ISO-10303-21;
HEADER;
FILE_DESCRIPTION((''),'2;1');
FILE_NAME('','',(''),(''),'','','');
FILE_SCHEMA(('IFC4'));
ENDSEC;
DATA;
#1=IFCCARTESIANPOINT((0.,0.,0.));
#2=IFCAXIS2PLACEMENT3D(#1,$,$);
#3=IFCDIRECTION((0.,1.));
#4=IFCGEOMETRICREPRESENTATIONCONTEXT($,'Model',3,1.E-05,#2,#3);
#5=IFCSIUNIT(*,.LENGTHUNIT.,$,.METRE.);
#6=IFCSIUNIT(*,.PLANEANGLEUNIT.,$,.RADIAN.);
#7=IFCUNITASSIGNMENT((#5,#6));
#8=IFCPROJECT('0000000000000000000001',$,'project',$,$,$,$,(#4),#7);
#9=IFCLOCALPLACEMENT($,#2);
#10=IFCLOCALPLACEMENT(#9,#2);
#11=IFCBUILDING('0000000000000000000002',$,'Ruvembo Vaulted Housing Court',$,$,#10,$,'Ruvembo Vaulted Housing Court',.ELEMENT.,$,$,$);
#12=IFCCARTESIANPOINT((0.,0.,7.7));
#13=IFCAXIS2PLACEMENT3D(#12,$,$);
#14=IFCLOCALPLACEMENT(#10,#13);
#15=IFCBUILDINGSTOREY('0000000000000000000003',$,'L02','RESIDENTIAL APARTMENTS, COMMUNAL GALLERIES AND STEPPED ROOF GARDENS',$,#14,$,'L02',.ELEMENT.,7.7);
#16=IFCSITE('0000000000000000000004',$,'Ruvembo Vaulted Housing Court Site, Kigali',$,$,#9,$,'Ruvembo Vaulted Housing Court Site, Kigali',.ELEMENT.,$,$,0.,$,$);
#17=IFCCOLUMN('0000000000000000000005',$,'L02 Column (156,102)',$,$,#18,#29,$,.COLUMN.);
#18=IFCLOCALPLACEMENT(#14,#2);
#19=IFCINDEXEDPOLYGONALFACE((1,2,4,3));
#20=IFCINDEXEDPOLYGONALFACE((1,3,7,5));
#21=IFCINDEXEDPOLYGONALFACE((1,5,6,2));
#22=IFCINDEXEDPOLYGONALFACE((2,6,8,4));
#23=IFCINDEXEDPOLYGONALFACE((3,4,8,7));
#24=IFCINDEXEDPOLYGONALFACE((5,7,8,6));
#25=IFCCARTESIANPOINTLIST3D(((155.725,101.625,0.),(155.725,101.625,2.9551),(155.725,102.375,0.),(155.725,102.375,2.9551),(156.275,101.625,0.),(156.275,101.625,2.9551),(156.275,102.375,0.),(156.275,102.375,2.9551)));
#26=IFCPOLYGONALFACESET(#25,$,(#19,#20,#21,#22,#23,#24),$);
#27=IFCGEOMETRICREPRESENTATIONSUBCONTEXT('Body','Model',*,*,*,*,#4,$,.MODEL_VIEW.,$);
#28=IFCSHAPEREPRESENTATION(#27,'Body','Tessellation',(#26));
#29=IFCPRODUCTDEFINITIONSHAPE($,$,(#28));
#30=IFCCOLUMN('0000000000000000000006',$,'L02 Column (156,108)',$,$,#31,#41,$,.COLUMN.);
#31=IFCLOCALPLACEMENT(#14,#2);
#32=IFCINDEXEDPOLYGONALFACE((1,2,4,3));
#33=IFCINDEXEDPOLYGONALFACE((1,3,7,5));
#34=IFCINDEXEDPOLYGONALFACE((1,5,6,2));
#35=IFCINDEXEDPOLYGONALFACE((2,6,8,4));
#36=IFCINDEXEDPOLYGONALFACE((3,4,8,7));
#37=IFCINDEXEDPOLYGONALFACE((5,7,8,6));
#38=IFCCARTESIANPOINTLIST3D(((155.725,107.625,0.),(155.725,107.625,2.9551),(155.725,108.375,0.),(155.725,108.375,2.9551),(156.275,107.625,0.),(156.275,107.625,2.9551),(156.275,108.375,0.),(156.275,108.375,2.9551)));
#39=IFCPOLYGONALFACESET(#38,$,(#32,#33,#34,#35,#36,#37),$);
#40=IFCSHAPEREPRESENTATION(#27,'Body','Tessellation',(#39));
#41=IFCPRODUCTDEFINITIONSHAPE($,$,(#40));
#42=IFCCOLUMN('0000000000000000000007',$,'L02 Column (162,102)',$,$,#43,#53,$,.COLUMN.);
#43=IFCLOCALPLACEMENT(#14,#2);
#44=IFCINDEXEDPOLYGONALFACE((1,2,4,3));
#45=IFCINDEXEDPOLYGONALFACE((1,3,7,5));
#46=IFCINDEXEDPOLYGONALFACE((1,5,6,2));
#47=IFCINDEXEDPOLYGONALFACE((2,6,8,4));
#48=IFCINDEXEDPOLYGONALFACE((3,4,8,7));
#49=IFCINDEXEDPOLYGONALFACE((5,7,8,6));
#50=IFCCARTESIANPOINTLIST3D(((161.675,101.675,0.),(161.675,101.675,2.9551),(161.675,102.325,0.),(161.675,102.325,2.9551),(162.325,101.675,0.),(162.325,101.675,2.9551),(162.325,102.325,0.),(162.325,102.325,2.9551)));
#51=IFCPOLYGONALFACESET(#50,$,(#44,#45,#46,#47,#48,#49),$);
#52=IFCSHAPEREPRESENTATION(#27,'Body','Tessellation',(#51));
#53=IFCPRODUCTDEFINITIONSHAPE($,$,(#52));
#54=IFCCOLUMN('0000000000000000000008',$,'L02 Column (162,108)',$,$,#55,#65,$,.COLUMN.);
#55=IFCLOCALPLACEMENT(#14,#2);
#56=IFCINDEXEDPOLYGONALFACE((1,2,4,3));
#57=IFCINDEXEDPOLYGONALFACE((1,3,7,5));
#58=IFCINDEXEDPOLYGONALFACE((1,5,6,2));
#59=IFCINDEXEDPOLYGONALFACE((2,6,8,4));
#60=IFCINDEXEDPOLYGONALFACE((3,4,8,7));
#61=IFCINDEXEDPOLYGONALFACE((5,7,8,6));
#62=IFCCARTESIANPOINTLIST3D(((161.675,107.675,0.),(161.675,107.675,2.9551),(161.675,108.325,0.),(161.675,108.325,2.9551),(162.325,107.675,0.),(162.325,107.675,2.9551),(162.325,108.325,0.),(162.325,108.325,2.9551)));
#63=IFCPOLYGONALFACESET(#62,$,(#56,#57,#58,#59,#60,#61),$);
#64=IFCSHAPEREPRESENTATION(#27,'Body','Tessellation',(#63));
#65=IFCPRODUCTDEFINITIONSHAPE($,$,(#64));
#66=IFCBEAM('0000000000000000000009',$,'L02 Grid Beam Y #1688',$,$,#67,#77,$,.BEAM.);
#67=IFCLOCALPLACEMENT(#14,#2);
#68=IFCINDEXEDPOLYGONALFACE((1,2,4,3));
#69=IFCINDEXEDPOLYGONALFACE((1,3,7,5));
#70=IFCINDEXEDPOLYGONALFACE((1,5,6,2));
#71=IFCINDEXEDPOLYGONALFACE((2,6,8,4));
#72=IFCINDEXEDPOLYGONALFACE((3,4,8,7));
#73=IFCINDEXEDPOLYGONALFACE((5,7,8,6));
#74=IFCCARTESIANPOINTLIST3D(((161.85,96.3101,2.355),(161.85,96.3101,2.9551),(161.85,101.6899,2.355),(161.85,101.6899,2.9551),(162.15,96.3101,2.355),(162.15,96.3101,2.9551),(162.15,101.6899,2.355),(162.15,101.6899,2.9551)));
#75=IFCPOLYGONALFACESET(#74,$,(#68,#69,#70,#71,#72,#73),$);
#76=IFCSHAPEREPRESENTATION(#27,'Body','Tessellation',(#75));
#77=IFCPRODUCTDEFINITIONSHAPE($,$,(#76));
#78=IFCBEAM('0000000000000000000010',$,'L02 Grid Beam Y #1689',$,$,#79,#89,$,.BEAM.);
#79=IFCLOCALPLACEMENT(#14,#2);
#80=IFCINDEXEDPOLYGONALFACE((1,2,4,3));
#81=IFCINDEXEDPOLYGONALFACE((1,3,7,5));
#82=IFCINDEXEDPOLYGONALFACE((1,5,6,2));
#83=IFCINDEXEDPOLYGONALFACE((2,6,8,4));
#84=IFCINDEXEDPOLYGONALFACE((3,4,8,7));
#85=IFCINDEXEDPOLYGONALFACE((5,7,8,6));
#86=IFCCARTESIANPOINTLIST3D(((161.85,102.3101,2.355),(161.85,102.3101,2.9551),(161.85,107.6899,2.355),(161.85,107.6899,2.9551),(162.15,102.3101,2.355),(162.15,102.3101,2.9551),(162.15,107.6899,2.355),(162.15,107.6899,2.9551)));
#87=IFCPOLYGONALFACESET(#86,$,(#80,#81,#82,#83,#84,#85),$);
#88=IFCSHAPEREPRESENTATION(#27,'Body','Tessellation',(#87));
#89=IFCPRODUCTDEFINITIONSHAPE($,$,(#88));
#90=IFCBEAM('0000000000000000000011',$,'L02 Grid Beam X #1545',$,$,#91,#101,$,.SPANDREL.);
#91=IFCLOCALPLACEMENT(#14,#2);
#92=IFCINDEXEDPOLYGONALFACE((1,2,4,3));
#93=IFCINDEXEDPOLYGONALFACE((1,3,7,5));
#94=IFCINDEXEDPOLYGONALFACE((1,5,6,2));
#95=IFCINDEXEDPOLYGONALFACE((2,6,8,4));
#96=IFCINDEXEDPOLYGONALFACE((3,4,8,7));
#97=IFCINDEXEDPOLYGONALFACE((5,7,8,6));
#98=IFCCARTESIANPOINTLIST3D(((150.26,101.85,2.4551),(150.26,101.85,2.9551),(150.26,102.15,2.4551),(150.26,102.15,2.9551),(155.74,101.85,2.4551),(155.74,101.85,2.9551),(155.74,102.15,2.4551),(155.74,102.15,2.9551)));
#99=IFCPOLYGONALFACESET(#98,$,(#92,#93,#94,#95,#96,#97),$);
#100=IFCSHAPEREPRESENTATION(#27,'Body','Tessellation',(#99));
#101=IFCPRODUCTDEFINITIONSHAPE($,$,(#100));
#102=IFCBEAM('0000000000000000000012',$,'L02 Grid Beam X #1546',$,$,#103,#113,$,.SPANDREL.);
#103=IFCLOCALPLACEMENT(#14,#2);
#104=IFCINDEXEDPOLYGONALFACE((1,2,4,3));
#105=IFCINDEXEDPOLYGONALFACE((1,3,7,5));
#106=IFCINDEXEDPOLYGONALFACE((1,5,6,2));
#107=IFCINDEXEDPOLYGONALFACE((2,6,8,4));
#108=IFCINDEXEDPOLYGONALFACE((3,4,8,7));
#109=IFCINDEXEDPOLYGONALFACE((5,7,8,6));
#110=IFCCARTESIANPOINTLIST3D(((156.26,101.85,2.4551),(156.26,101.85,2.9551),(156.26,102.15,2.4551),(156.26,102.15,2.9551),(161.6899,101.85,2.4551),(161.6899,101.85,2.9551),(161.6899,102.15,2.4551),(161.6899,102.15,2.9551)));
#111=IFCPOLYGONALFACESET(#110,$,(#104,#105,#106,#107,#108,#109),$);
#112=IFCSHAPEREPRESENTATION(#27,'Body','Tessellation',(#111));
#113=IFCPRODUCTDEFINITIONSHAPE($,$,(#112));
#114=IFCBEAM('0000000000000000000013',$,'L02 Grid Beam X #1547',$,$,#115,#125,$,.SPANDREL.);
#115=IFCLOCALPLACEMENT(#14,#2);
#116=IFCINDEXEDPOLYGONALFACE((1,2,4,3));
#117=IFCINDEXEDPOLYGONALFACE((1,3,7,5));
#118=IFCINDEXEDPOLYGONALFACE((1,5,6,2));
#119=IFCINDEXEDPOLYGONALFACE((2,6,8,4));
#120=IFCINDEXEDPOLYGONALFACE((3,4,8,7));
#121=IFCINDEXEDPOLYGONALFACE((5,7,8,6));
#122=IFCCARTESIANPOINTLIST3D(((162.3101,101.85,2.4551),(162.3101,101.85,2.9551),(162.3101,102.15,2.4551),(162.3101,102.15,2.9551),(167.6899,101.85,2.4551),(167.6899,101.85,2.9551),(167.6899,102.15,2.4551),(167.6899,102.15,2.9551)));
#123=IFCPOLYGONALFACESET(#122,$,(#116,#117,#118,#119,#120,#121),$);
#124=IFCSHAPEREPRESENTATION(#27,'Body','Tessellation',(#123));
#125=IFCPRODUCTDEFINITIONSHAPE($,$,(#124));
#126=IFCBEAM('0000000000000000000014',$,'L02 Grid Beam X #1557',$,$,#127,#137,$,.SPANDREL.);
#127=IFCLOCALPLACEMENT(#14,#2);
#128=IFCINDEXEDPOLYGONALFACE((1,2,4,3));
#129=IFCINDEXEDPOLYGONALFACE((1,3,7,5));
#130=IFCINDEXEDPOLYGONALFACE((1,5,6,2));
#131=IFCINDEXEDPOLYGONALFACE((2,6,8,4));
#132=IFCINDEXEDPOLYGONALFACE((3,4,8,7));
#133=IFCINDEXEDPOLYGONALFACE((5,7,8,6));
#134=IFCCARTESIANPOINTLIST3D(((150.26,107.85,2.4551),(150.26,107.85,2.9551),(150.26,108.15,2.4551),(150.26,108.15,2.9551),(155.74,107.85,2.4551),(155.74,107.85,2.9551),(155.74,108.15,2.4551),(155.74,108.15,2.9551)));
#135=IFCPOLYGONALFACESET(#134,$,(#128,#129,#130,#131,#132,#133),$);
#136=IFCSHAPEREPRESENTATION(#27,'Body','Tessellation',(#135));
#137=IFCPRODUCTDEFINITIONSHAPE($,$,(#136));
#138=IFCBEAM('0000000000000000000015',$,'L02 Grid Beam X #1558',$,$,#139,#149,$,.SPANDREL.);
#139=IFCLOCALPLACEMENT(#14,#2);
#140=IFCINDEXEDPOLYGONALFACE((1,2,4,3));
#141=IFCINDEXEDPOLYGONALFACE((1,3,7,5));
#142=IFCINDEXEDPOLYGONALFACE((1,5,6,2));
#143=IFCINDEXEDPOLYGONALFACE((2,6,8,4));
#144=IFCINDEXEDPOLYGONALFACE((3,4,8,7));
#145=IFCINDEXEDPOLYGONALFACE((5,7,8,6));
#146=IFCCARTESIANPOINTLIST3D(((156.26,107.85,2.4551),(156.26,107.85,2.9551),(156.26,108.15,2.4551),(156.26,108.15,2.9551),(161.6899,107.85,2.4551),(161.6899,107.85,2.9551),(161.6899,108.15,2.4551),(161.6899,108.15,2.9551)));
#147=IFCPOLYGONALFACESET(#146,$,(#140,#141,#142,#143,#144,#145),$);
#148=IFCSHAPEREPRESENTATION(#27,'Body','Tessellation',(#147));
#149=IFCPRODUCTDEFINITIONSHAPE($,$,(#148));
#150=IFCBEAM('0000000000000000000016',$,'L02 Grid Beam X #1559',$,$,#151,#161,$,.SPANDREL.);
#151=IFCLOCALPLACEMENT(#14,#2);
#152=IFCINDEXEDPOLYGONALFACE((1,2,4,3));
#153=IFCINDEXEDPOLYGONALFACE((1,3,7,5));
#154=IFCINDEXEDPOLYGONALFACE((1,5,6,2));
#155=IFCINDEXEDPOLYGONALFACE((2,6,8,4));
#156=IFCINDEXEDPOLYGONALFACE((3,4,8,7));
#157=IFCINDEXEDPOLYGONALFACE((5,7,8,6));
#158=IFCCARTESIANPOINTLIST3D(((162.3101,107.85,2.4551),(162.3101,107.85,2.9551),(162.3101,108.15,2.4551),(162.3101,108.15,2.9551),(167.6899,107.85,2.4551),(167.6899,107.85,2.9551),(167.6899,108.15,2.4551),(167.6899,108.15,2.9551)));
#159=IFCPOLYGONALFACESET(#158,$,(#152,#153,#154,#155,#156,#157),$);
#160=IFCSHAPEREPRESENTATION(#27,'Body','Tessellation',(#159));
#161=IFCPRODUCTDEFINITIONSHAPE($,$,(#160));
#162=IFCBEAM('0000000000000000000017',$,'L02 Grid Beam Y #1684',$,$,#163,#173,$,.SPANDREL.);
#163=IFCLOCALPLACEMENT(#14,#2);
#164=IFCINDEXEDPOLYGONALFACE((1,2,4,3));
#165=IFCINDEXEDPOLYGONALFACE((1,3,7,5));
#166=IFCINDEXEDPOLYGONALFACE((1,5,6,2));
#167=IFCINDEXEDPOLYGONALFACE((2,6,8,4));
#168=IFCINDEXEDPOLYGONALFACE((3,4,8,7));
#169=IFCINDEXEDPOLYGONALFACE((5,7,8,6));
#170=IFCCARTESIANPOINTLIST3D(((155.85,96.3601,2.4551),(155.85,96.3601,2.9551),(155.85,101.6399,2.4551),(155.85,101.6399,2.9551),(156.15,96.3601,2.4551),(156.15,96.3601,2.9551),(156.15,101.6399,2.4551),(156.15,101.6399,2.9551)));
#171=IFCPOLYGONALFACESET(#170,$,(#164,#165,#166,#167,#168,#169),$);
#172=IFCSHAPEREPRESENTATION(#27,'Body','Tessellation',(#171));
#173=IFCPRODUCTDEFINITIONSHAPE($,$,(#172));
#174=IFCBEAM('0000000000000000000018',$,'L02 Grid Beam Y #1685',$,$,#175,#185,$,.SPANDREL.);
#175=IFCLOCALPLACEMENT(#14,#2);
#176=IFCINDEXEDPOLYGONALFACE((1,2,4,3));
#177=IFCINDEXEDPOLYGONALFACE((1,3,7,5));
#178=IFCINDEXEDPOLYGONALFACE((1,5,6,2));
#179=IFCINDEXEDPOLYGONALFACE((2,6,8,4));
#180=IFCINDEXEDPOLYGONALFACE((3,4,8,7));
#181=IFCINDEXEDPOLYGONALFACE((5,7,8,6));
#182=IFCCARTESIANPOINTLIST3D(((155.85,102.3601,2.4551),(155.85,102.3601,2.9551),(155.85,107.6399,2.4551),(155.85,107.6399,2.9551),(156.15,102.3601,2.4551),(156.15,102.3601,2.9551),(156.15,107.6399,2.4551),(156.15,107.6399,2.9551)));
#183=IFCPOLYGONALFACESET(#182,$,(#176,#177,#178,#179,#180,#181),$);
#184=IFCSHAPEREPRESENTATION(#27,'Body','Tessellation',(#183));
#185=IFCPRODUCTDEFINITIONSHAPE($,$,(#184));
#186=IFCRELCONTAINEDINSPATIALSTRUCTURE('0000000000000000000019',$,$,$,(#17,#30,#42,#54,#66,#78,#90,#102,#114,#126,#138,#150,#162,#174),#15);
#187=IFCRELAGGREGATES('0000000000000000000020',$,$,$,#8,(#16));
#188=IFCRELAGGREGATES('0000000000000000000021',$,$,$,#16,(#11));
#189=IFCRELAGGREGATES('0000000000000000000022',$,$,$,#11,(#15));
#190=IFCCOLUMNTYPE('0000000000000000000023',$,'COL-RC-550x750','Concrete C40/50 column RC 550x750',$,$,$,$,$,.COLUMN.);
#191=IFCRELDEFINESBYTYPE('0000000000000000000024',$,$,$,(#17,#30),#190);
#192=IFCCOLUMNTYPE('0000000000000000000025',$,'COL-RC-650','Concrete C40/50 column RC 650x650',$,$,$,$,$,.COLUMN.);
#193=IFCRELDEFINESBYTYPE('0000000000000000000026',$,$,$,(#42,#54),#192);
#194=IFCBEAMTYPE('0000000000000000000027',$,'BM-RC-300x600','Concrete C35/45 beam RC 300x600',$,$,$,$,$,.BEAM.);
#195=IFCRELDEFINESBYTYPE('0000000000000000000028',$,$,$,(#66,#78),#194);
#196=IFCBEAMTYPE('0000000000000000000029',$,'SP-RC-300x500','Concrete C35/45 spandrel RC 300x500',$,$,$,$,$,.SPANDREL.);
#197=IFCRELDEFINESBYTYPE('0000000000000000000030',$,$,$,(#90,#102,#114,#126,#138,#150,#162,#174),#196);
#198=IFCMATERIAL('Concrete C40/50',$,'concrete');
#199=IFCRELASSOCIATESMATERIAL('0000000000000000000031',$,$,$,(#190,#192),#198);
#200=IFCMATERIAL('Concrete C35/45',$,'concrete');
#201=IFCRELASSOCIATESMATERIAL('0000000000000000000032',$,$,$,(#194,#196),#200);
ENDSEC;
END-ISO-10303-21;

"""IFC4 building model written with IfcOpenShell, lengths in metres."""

from ifc_helpers import new_model, si_unit, direction, frame, origin, origin_2d, place, context, subcontext, project, spatial, rectangle, extrude, material, material_profile, profile_set, type_object, element, save


model = new_model("IFC4")

# Units and contexts
model_context = context("Model", 3, precision=1e-05, world=origin(), true_north=direction((0.0, 1.0)))
body_context = subcontext(model_context, "Body", "Model", "MODEL_VIEW")
ifc_project = project(units=[si_unit("LENGTHUNIT", "METRE"), si_unit("PLANEANGLEUNIT", "RADIAN")], contexts=[model_context])

# Site, building, storey
site_placement = place(None, origin())
site = spatial("IfcSite", under=ifc_project, at=site_placement, Name="Ruvembo Vaulted Housing Court Site, Kigali", LongName="Ruvembo Vaulted Housing Court Site, Kigali", CompositionType="ELEMENT", RefElevation=0.0)
building_placement = place(site_placement, origin())
building = spatial("IfcBuilding", under=site, at=building_placement, Name="Ruvembo Vaulted Housing Court", LongName="Ruvembo Vaulted Housing Court", CompositionType="ELEMENT")
storey_placement = place(building_placement, frame((0.0, 0.0, 7.7)))
storey = spatial("IfcBuildingStorey", under=building, at=storey_placement, Name="L02", Description="RESIDENTIAL APARTMENTS, COMMUNAL GALLERIES AND STEPPED ROOF GARDENS", LongName="L02", CompositionType="ELEMENT", Elevation=7.7)

# Columns
ifc_material_1 = material(Name="Concrete C40/50", Category="concrete")
ifc_material_profile_1 = material_profile(ifc_material_1, rectangle(XDim=0.55, YDim=0.75, at=origin_2d()), Name="RC 550x750")
ifc_profile_set_1 = profile_set([ifc_material_profile_1], Name="Concrete C40/50")
column_type_1 = type_object("IfcColumnType", Name="COL-RC-550x750", Description="Concrete C40/50 column RC 550x750", PredefinedType="COLUMN", material=ifc_profile_set_1)
for number, where, z_axis, x_axis, name in (
    (1, (156.0, 102.0, 0.0), (0.0, 0.0, 1.0), (1.0, 0.0, 0.0), "L02 Column (156,102)"),
    (2, (156.0, 108.0, 0.0), (0.0, 0.0, 1.0), (1.0, 0.0, 0.0), "L02 Column (156,108)"),
):
    element("IfcColumn", number, at=place(storey_placement, frame(where, z_axis=z_axis, x_axis=x_axis)), inside=storey, type_object=column_type_1, Name=name, PredefinedType="COLUMN", context=body_context, shape_type="SweptSolid", body=[
        extrude(rectangle(XDim=0.55, YDim=0.75, at=origin_2d()), origin(), (0.0, 0.0, 1.0), 2.9551),
    ])
ifc_material_profile_2 = material_profile(ifc_material_1, rectangle(XDim=0.6499, YDim=0.6499, at=origin_2d()), Name="RC 650x650")
ifc_profile_set_2 = profile_set([ifc_material_profile_2], Name="Concrete C40/50")
column_type_2 = type_object("IfcColumnType", Name="COL-RC-650", Description="Concrete C40/50 column RC 650x650", PredefinedType="COLUMN", material=ifc_profile_set_2)
for number, where, z_axis, x_axis, name in (
    (3, (162.0, 102.0, 0.0), (0.0, 0.0, 1.0), (1.0, 0.0, 0.0), "L02 Column (162,102)"),
    (4, (162.0, 108.0, 0.0), (0.0, 0.0, 1.0), (1.0, 0.0, 0.0), "L02 Column (162,108)"),
):
    element("IfcColumn", number, at=place(storey_placement, frame(where, z_axis=z_axis, x_axis=x_axis)), inside=storey, type_object=column_type_2, Name=name, PredefinedType="COLUMN", context=body_context, shape_type="SweptSolid", body=[
        extrude(rectangle(XDim=0.6499, YDim=0.6499, at=origin_2d()), origin(), (0.0, 0.0, 1.0), 2.9551),
    ])

# Beams
ifc_material_2 = material(Name="Concrete C35/45", Category="concrete")
ifc_material_profile_3 = material_profile(ifc_material_2, rectangle(XDim=0.3, YDim=0.6001, at=origin_2d()), Name="RC 300x600")
ifc_profile_set_3 = profile_set([ifc_material_profile_3], Name="Concrete C35/45")
beam_type_1 = type_object("IfcBeamType", Name="BM-RC-300x600", Description="Concrete C35/45 beam RC 300x600", PredefinedType="BEAM", material=ifc_profile_set_3)
for number, where, z_axis, x_axis, name in (
    (5, (162.0, 96.3101, 2.655), (0.0, 1.0, 0.0), (-1.0, 0.0, 0.0), "L02 Grid Beam Y #1688"),
    (6, (162.0, 102.3101, 2.655), (0.0, 1.0, 0.0), (-1.0, 0.0, 0.0), "L02 Grid Beam Y #1689"),
):
    element("IfcBeam", number, at=place(storey_placement, frame(where, z_axis=z_axis, x_axis=x_axis)), inside=storey, type_object=beam_type_1, Name=name, PredefinedType="BEAM", context=body_context, shape_type="SweptSolid", body=[
        extrude(rectangle(XDim=0.3, YDim=0.6001, at=origin_2d()), origin(), (0.0, 0.0, 1.0), 5.3799),
    ])
ifc_material_profile_4 = material_profile(ifc_material_2, rectangle(XDim=0.3, YDim=0.5, at=origin_2d()), Name="RC 300x500")
ifc_profile_set_4 = profile_set([ifc_material_profile_4], Name="Concrete C35/45")
beam_type_2 = type_object("IfcBeamType", Name="SP-RC-300x500", Description="Concrete C35/45 spandrel RC 300x500", PredefinedType="SPANDREL", material=ifc_profile_set_4)
beam_1_placement = place(storey_placement, frame((150.26, 102.0, 2.7051), z_axis=(1.0, 0.0, 0.0), x_axis=(0.0, 1.0, 0.0)))
element("IfcBeam", 7, at=beam_1_placement, inside=storey, type_object=beam_type_2, Name="L02 Grid Beam X #1545", PredefinedType="SPANDREL", context=body_context, shape_type="SweptSolid", body=[
    extrude(rectangle(XDim=0.3, YDim=0.5, at=origin_2d()), origin(), (0.0, 0.0, 1.0), 5.48),
])
beam_2_placement = place(storey_placement, frame((156.26, 102.0, 2.7051), z_axis=(1.0, 0.0, 0.0), x_axis=(0.0, 1.0, 0.0)))
element("IfcBeam", 8, at=beam_2_placement, inside=storey, type_object=beam_type_2, Name="L02 Grid Beam X #1546", PredefinedType="SPANDREL", context=body_context, shape_type="SweptSolid", body=[
    extrude(rectangle(XDim=0.3, YDim=0.5, at=origin_2d()), origin(), (0.0, 0.0, 1.0), 5.4299),
])
beam_3_placement = place(storey_placement, frame((162.3101, 102.0, 2.7051), z_axis=(1.0, 0.0, 0.0), x_axis=(0.0, 1.0, 0.0)))
element("IfcBeam", 9, at=beam_3_placement, inside=storey, type_object=beam_type_2, Name="L02 Grid Beam X #1547", PredefinedType="SPANDREL", context=body_context, shape_type="SweptSolid", body=[
    extrude(rectangle(XDim=0.3, YDim=0.5, at=origin_2d()), origin(), (0.0, 0.0, 1.0), 5.3799),
])
beam_4_placement = place(storey_placement, frame((150.26, 108.0, 2.7051), z_axis=(1.0, 0.0, 0.0), x_axis=(0.0, 1.0, 0.0)))
element("IfcBeam", 10, at=beam_4_placement, inside=storey, type_object=beam_type_2, Name="L02 Grid Beam X #1557", PredefinedType="SPANDREL", context=body_context, shape_type="SweptSolid", body=[
    extrude(rectangle(XDim=0.3, YDim=0.5, at=origin_2d()), origin(), (0.0, 0.0, 1.0), 5.48),
])
beam_5_placement = place(storey_placement, frame((156.26, 108.0, 2.7051), z_axis=(1.0, 0.0, 0.0), x_axis=(0.0, 1.0, 0.0)))
element("IfcBeam", 11, at=beam_5_placement, inside=storey, type_object=beam_type_2, Name="L02 Grid Beam X #1558", PredefinedType="SPANDREL", context=body_context, shape_type="SweptSolid", body=[
    extrude(rectangle(XDim=0.3, YDim=0.5, at=origin_2d()), origin(), (0.0, 0.0, 1.0), 5.4299),
])
beam_6_placement = place(storey_placement, frame((162.3101, 108.0, 2.7051), z_axis=(1.0, 0.0, 0.0), x_axis=(0.0, 1.0, 0.0)))
element("IfcBeam", 12, at=beam_6_placement, inside=storey, type_object=beam_type_2, Name="L02 Grid Beam X #1559", PredefinedType="SPANDREL", context=body_context, shape_type="SweptSolid", body=[
    extrude(rectangle(XDim=0.3, YDim=0.5, at=origin_2d()), origin(), (0.0, 0.0, 1.0), 5.3799),
])
for number, where, z_axis, x_axis, name in (
    (13, (156.0, 96.3601, 2.7051), (0.0, 1.0, 0.0), (-1.0, 0.0, 0.0), "L02 Grid Beam Y #1684"),
    (14, (156.0, 102.3601, 2.7051), (0.0, 1.0, 0.0), (-1.0, 0.0, 0.0), "L02 Grid Beam Y #1685"),
):
    element("IfcBeam", number, at=place(storey_placement, frame(where, z_axis=z_axis, x_axis=x_axis)), inside=storey, type_object=beam_type_2, Name=name, PredefinedType="SPANDREL", context=body_context, shape_type="SweptSolid", body=[
        extrude(rectangle(XDim=0.3, YDim=0.5, at=origin_2d()), origin(), (0.0, 0.0, 1.0), 5.2798),
    ])

save(model, "model.ifc")
